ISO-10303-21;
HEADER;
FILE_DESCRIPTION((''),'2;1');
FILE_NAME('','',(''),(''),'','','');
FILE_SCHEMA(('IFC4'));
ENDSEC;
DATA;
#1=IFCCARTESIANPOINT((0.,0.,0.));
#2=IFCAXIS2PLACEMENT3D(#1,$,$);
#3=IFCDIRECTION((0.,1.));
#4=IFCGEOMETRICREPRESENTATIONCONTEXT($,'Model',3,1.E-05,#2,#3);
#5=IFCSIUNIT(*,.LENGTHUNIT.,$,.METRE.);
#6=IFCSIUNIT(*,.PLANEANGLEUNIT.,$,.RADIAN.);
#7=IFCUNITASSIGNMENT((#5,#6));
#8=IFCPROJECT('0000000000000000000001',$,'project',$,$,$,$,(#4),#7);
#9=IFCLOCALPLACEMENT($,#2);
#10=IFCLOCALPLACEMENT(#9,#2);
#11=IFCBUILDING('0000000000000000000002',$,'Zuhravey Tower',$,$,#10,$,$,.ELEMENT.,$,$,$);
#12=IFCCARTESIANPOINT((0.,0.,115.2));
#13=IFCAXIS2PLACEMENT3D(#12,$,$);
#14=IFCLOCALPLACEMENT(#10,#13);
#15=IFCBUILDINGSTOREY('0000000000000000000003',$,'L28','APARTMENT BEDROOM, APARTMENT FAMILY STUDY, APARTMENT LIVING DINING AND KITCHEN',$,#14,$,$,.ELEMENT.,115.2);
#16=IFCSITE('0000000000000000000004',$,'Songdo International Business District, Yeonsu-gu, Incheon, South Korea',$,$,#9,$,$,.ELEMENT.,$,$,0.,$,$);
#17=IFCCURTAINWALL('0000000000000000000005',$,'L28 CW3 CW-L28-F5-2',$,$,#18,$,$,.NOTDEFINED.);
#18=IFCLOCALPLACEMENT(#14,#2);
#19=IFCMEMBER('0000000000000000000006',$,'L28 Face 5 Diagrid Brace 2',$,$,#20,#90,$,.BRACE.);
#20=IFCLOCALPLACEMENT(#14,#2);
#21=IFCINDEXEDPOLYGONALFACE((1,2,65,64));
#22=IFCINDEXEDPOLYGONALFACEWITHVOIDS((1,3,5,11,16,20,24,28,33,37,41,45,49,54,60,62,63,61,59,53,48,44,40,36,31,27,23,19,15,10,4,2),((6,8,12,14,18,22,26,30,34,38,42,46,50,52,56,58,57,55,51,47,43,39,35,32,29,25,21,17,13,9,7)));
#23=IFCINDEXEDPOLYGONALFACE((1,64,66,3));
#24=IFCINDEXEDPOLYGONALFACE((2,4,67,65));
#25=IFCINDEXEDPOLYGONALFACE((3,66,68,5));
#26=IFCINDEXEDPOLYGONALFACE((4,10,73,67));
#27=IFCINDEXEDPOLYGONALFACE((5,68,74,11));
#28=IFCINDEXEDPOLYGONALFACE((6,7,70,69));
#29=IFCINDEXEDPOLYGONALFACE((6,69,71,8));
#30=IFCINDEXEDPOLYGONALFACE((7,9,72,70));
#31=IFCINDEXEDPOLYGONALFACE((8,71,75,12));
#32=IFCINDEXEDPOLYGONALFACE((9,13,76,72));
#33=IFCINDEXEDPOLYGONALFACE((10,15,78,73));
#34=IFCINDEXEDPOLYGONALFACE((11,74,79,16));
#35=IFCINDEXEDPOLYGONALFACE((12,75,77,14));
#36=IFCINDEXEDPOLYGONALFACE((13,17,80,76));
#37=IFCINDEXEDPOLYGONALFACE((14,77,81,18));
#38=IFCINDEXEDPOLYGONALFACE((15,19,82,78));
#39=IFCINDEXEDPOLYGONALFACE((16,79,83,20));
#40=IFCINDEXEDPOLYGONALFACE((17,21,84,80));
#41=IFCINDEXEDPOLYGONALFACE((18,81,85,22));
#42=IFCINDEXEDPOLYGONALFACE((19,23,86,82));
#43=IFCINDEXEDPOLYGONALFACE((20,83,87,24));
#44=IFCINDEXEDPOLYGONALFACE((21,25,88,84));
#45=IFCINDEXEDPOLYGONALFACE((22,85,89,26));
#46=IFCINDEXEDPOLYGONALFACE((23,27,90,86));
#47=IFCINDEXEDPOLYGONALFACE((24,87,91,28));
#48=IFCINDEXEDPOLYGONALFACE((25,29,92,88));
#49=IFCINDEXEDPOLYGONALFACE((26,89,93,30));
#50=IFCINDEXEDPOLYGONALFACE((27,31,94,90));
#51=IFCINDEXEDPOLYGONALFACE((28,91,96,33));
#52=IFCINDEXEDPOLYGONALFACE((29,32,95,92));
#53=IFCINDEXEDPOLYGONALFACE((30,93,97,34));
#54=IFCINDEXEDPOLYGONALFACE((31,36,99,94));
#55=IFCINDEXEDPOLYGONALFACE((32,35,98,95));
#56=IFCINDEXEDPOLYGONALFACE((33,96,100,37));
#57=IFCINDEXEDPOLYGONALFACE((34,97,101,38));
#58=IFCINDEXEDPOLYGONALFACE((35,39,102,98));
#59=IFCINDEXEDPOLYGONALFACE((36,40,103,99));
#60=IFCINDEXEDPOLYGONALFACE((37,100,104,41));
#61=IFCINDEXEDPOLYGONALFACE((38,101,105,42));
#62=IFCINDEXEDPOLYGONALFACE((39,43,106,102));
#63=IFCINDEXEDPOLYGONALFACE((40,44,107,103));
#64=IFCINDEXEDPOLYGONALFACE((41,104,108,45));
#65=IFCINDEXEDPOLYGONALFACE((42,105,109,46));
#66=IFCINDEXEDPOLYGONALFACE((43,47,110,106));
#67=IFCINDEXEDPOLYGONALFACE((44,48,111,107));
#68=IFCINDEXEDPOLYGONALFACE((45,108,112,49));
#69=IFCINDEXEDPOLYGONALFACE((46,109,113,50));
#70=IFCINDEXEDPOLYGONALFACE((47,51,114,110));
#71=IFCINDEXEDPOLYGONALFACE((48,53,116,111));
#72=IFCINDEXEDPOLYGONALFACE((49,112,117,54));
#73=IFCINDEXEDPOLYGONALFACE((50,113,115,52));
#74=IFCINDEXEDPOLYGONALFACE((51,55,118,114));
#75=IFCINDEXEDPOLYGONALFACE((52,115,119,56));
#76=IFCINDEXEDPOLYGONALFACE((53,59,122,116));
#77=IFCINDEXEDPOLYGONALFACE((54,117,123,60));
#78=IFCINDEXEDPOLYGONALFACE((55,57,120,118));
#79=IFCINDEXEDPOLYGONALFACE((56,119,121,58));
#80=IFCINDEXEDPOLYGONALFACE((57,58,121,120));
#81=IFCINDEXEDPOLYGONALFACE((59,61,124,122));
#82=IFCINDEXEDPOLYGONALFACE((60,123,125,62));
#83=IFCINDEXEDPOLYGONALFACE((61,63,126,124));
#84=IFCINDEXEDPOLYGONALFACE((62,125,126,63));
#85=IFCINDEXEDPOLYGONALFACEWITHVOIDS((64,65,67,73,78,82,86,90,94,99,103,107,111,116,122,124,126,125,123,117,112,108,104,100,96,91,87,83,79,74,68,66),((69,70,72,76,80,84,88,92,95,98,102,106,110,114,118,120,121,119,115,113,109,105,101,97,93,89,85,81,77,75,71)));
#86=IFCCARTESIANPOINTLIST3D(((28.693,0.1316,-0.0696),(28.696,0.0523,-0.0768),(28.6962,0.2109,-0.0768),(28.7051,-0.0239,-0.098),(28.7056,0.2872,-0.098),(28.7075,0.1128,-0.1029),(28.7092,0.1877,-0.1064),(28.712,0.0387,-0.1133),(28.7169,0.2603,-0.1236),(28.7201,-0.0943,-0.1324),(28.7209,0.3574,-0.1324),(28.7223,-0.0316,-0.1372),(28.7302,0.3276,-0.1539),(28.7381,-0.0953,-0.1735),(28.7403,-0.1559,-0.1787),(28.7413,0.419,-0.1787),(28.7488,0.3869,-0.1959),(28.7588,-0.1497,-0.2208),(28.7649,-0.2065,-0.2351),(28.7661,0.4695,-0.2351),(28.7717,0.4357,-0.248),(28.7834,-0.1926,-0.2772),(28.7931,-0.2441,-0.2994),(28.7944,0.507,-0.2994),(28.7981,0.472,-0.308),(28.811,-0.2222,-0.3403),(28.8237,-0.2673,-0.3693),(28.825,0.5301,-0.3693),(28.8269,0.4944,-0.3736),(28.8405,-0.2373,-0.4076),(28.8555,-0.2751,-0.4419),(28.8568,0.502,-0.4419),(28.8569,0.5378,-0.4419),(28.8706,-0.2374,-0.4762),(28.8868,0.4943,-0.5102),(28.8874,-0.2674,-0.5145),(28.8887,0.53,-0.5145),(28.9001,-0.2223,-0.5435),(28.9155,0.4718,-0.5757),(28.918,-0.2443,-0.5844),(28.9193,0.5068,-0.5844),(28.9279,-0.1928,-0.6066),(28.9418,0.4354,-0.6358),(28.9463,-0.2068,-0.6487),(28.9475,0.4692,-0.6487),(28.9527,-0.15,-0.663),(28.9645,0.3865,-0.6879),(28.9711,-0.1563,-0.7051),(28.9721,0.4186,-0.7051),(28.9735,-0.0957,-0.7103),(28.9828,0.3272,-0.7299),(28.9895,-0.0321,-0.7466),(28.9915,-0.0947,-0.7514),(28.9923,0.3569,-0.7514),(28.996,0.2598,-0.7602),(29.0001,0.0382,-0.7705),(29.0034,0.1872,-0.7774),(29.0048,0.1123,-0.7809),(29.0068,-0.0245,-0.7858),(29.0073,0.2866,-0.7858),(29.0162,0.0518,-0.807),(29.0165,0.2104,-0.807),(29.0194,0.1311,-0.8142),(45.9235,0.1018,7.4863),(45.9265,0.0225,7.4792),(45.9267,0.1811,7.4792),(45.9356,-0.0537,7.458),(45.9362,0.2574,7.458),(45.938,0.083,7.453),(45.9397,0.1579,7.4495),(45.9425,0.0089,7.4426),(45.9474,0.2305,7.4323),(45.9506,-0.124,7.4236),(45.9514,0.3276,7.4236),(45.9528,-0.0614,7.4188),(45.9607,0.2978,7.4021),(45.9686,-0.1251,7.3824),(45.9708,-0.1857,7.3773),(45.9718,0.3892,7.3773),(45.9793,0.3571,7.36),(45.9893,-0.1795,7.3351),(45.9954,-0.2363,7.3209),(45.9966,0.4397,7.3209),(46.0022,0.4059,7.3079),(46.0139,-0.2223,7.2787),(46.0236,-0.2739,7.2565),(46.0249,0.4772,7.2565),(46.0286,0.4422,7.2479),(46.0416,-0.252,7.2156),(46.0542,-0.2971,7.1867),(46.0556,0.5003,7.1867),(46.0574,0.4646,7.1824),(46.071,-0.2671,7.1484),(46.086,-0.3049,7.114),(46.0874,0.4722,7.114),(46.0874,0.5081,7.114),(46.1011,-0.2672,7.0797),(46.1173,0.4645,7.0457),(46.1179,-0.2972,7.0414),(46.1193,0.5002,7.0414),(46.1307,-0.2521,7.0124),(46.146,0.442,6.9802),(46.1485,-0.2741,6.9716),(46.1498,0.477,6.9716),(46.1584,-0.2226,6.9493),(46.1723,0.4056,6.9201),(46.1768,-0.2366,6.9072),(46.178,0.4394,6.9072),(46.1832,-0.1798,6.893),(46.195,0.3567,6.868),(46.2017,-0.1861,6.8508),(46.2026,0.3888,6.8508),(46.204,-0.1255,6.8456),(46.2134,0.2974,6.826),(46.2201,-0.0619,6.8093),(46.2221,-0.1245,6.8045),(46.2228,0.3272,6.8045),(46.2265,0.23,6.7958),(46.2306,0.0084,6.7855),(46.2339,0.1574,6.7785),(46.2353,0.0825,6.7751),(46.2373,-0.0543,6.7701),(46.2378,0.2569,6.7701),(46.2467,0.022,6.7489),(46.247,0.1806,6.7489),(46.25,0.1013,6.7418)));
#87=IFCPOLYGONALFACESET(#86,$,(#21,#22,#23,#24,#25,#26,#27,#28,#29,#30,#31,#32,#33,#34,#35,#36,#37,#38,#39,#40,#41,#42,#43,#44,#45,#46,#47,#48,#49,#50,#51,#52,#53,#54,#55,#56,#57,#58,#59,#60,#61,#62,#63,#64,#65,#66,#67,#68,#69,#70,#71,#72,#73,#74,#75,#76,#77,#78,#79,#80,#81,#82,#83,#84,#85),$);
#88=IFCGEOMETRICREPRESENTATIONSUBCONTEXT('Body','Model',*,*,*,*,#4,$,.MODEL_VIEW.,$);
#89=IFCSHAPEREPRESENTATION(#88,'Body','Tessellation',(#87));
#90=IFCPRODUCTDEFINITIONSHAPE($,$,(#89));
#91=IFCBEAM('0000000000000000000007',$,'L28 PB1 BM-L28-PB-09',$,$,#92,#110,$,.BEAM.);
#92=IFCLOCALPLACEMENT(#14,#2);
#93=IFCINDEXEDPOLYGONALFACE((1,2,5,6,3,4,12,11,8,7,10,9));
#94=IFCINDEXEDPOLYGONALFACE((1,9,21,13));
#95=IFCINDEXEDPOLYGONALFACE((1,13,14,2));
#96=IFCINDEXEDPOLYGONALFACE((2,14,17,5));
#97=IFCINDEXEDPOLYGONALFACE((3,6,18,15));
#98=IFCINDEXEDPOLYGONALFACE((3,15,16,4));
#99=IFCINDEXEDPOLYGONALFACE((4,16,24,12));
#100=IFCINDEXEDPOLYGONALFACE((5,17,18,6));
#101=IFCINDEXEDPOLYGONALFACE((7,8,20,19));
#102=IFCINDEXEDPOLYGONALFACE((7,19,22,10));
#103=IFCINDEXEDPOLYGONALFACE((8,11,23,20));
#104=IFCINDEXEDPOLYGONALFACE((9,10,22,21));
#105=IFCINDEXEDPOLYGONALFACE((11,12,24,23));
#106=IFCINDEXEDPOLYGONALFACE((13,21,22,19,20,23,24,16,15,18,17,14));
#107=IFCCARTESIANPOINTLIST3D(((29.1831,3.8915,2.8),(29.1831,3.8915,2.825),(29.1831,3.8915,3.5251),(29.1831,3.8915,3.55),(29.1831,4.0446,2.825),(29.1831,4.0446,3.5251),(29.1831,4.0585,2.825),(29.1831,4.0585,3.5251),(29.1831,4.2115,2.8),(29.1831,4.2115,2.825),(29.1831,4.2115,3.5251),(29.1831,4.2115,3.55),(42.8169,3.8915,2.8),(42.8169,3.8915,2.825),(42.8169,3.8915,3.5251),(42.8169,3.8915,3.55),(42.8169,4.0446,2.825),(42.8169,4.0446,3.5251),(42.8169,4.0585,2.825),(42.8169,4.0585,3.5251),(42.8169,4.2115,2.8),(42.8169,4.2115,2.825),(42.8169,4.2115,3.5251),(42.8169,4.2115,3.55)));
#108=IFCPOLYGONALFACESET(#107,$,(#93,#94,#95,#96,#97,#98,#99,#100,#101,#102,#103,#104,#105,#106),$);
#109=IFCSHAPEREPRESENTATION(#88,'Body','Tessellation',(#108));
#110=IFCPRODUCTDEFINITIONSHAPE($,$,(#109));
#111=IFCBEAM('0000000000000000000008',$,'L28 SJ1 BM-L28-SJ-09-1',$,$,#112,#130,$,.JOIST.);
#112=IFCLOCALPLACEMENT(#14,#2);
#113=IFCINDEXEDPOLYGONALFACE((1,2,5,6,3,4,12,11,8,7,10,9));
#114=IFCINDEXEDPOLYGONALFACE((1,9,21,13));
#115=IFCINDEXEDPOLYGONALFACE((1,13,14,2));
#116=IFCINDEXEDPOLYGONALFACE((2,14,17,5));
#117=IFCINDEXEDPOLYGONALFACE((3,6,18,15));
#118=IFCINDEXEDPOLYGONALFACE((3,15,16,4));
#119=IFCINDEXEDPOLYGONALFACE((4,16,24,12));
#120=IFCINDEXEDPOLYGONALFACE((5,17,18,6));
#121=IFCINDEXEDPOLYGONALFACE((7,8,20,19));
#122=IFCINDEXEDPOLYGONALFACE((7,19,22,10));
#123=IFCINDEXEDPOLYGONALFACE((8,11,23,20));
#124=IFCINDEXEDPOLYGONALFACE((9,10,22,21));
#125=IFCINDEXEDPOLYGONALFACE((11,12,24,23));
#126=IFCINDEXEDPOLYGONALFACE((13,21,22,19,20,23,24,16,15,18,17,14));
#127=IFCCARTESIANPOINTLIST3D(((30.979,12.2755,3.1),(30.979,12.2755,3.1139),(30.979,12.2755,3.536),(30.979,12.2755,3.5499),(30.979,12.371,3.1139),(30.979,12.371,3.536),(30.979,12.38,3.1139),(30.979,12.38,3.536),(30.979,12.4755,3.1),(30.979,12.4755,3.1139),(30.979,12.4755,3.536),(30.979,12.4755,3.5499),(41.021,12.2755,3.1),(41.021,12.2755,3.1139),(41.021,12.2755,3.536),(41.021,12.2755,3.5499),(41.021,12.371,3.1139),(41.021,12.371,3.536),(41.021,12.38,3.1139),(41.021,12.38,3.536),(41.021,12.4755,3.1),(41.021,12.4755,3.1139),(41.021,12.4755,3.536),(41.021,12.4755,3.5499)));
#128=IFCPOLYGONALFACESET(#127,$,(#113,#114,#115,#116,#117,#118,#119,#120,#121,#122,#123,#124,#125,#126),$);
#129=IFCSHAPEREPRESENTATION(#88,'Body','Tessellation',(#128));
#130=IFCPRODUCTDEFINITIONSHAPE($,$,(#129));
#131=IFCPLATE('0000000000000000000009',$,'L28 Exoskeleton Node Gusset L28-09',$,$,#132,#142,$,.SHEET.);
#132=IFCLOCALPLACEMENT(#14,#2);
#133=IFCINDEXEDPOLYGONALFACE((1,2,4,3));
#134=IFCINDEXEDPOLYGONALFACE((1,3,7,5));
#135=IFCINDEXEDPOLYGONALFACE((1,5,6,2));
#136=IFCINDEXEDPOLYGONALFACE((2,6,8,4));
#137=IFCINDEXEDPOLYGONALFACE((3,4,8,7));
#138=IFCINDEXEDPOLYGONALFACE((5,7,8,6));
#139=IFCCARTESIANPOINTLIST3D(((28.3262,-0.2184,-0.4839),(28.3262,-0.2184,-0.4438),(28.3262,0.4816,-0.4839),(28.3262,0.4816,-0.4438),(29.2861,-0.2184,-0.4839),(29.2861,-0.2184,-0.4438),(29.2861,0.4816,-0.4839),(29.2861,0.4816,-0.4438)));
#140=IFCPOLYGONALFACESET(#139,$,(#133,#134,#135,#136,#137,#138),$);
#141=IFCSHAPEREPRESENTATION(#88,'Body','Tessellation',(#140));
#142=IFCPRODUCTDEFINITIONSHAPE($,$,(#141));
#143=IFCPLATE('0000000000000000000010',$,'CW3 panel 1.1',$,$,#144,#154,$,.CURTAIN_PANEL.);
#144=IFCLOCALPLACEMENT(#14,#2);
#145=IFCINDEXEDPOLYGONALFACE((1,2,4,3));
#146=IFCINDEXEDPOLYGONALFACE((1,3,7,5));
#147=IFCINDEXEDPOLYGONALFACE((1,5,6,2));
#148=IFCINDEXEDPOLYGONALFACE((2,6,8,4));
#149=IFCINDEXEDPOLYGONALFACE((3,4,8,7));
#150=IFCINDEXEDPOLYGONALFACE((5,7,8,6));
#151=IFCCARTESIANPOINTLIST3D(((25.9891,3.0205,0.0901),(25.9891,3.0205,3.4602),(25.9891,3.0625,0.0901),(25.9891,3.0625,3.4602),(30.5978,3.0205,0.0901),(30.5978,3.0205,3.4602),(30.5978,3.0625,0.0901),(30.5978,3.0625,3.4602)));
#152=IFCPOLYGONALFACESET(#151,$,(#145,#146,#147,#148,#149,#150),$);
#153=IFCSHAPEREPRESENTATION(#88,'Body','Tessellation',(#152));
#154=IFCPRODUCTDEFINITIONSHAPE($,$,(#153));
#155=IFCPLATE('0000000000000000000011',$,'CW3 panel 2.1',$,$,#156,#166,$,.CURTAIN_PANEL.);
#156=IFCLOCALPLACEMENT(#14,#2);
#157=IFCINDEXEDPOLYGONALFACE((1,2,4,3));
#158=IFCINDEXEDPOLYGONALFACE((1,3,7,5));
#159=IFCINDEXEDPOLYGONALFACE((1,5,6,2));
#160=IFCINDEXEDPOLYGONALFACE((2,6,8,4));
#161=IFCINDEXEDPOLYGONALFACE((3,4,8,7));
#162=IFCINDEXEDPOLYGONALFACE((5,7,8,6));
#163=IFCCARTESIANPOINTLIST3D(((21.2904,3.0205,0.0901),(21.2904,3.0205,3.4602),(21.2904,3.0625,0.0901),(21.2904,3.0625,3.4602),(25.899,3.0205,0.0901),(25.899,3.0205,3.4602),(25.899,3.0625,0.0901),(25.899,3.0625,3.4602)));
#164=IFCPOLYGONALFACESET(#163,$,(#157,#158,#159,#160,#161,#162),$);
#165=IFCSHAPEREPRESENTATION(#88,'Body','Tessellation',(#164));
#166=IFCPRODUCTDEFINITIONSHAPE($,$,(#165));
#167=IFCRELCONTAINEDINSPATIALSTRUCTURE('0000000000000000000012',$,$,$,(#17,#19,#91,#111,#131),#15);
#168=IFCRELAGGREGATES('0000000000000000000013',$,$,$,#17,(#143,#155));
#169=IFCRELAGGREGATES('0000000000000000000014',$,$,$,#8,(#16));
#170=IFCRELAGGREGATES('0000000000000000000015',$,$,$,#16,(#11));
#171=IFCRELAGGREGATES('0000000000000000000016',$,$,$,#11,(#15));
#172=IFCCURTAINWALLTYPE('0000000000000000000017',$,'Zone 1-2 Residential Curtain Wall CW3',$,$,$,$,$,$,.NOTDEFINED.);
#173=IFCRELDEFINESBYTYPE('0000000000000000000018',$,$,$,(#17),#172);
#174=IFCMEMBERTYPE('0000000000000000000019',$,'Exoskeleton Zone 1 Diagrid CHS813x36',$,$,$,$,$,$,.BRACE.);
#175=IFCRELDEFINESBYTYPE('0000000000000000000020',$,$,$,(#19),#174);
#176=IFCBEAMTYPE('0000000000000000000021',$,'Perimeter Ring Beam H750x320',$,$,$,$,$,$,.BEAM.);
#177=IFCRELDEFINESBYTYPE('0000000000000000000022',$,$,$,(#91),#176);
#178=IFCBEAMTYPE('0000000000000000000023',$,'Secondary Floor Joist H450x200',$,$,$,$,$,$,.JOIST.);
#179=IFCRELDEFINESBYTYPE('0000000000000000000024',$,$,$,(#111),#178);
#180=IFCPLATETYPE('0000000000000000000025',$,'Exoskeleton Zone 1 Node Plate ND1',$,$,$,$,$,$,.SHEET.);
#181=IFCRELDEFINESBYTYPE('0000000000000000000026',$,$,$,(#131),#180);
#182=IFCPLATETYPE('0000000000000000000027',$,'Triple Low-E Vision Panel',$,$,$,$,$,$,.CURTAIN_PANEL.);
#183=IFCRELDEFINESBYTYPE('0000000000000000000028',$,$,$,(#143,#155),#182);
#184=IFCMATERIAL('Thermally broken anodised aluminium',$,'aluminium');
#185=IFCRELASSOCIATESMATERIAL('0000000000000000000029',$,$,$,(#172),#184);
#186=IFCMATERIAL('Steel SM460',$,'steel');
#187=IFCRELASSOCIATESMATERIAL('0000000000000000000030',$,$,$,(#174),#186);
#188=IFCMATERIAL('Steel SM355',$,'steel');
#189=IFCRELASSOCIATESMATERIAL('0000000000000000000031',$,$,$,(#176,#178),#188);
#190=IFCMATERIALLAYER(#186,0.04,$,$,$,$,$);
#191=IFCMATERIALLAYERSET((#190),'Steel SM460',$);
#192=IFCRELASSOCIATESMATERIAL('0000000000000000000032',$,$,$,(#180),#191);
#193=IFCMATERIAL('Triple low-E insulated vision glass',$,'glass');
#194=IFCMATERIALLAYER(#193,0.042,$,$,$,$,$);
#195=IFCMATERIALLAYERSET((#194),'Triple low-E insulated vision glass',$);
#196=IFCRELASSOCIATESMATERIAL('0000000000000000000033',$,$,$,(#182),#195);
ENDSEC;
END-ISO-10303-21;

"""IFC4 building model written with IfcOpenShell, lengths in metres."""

from ifc_helpers import new_model, si_unit, direction, frame, origin, origin_2d, place, context, subcontext, project, spatial, rectangle, hollow_circle, i_section, extrude, material, layer, layer_set, material_profile, profile_set, type_object, element, aggregate, save


model = new_model("IFC4")

# Units and contexts
model_context = context("Model", 3, precision=1e-05, world=origin(), true_north=direction((0.0, 1.0)))
body_context = subcontext(model_context, "Body", "Model", "MODEL_VIEW")
ifc_project = project(units=[si_unit("LENGTHUNIT", "METRE"), si_unit("PLANEANGLEUNIT", "RADIAN")], contexts=[model_context])

# Site, building, storey
site_placement = place(None, origin())
site = spatial("IfcSite", under=ifc_project, at=site_placement, Name="Songdo International Business District, Yeonsu-gu, Incheon, South Korea", CompositionType="ELEMENT", RefElevation=0.0)
building_placement = place(site_placement, origin())
building = spatial("IfcBuilding", under=site, at=building_placement, Name="Zuhravey Tower", CompositionType="ELEMENT")
storey_placement = place(building_placement, frame((0.0, 0.0, 115.2)))
storey = spatial("IfcBuildingStorey", under=building, at=storey_placement, Name="L28", Description="APARTMENT BEDROOM, APARTMENT FAMILY STUDY, APARTMENT LIVING DINING AND KITCHEN", CompositionType="ELEMENT", Elevation=115.2)

# Shared definitions
ifc_material_1 = material(Name="Thermally broken anodised aluminium", Category="aluminium")
curtain_wall_type = type_object("IfcCurtainWallType", Name="Zone 1-2 Residential Curtain Wall CW3", PredefinedType="NOTDEFINED", material=ifc_material_1)

# Curtain wall
curtain_wall_1_placement = place(storey_placement, origin())
curtain_wall_1 = element("IfcCurtainWall", 1, at=curtain_wall_1_placement, inside=storey, type_object=curtain_wall_type, Name="L28 CW3 CW-L28-F5-2", PredefinedType="NOTDEFINED")

# Member
ifc_material_2 = material(Name="Steel SM355", Category="steel")
ifc_material_3 = material(Name="Steel SM460", Category="steel")
ifc_material_profile_1 = material_profile(ifc_material_3, hollow_circle(Radius=0.4065, WallThickness=0.0359, at=origin_2d()), Name="CHS-812.8x36")
ifc_profile_set_1 = profile_set([ifc_material_profile_1], Name="Steel SM460")
member_type_1 = type_object("IfcMemberType", Name="Exoskeleton Zone 1 Diagrid CHS813x36", PredefinedType="BRACE", material=ifc_profile_set_1)
member_1_placement = place(storey_placement, frame((28.8562, 0.1313, -0.4419), z_axis=(0.915813, -0.001583, 0.401602), x_axis=(0.001729, 0.999999, 0.0)))
element("IfcMember", 2, at=member_1_placement, inside=storey, type_object=member_type_1, Name="L28 Face 5 Diagrid Brace 2", PredefinedType="BRACE", context=body_context, shape_type="SweptSolid", body=[
    extrude(hollow_circle(Radius=0.4065, WallThickness=0.0359, at=origin_2d()), origin(), (0.0, 0.0, 1.0), 18.8145),
])

# Beams
ifc_material_profile_2 = material_profile(ifc_material_2, i_section(OverallWidth=0.3201, OverallDepth=0.75, WebThickness=0.0139, FlangeThickness=0.0249, at=origin_2d()), Name="H-750x320x14x25")
ifc_profile_set_2 = profile_set([ifc_material_profile_2], Name="Steel SM355")
beam_type_1 = type_object("IfcBeamType", Name="Perimeter Ring Beam H750x320", PredefinedType="BEAM", material=ifc_profile_set_2)
beam_1_placement = place(storey_placement, frame((29.1831, 4.0515, 3.175), z_axis=(1.0, 0.0, 0.0), x_axis=(0.0, 1.0, 0.0)))
element("IfcBeam", 3, at=beam_1_placement, inside=storey, type_object=beam_type_1, Name="L28 PB1 BM-L28-PB-09", PredefinedType="BEAM", context=body_context, shape_type="SweptSolid", body=[
    extrude(i_section(OverallWidth=0.3201, OverallDepth=0.75, WebThickness=0.0139, FlangeThickness=0.0249, at=origin_2d()), origin(), (0.0, 0.0, 1.0), 13.6338),
])
ifc_material_profile_3 = material_profile(ifc_material_2, i_section(OverallWidth=0.2, OverallDepth=0.45, WebThickness=0.009, FlangeThickness=0.0139, at=origin_2d()), Name="H-450x200x9x14")
ifc_profile_set_3 = profile_set([ifc_material_profile_3], Name="Steel SM355")
beam_type_2 = type_object("IfcBeamType", Name="Secondary Floor Joist H450x200", PredefinedType="JOIST", material=ifc_profile_set_3)
beam_2_placement = place(storey_placement, frame((30.979, 12.3755, 3.325), z_axis=(1.0, 0.0, 0.0), x_axis=(0.0, 1.0, 0.0)))
element("IfcBeam", 4, at=beam_2_placement, inside=storey, type_object=beam_type_2, Name="L28 SJ1 BM-L28-SJ-09-1", PredefinedType="JOIST", context=body_context, shape_type="SweptSolid", body=[
    extrude(i_section(OverallWidth=0.2, OverallDepth=0.45, WebThickness=0.009, FlangeThickness=0.0139, at=origin_2d()), origin(), (0.0, 0.0, 1.0), 10.042),
])

# Plates
ifc_layer_1 = layer(ifc_material_3, 0.04)
ifc_layer_set_1 = layer_set([ifc_layer_1], Name="Steel SM460")
plate_type_1 = type_object("IfcPlateType", Name="Exoskeleton Zone 1 Node Plate ND1", PredefinedType="SHEET", material=ifc_layer_set_1)
plate_1_placement = place(storey_placement, frame((28.8062, 0.1316, -0.4839), z_axis=(0.0, 0.0, 1.0), x_axis=(1.0, 0.0, 0.0)))
element("IfcPlate", 5, at=plate_1_placement, inside=storey, type_object=plate_type_1, Name="L28 Exoskeleton Node Gusset L28-09", PredefinedType="SHEET", context=body_context, shape_type="SweptSolid", body=[
    extrude(rectangle(XDim=0.96, YDim=0.7, at=origin_2d()), origin(), (0.0, 0.0, 1.0), 0.04),
])
ifc_material_4 = material(Name="Triple low-E insulated vision glass", Category="glass")
ifc_layer_2 = layer(ifc_material_4, 0.042)
ifc_layer_set_2 = layer_set([ifc_layer_2], Name="Triple low-E insulated vision glass")
plate_type_2 = type_object("IfcPlateType", Name="Triple Low-E Vision Panel", PredefinedType="CURTAIN_PANEL", material=ifc_layer_set_2)
plate_2_placement = place(storey_placement, frame((28.2935, 3.0415, 0.0901), z_axis=(0.0, 0.0, 1.0), x_axis=(-1.0, 0.0, 0.0)))
plate_2 = element("IfcPlate", 6, at=plate_2_placement, type_object=plate_type_2, Name="CW3 panel 1.1", PredefinedType="CURTAIN_PANEL", context=body_context, shape_type="SweptSolid", body=[
    extrude(rectangle(XDim=4.6086, YDim=0.042, at=origin_2d()), origin(), (0.0, 0.0, 1.0), 3.3701),
])
plate_3_placement = place(storey_placement, frame((23.5947, 3.0415, 0.0901), z_axis=(0.0, 0.0, 1.0), x_axis=(-1.0, 0.0, 0.0)))
plate_3 = element("IfcPlate", 7, at=plate_3_placement, type_object=plate_type_2, Name="CW3 panel 2.1", PredefinedType="CURTAIN_PANEL", context=body_context, shape_type="SweptSolid", body=[
    extrude(rectangle(XDim=4.6086, YDim=0.042, at=origin_2d()), origin(), (0.0, 0.0, 1.0), 3.3701),
])
aggregate(curtain_wall_1, [plate_2, plate_3])

save(model, "model.ifc")
